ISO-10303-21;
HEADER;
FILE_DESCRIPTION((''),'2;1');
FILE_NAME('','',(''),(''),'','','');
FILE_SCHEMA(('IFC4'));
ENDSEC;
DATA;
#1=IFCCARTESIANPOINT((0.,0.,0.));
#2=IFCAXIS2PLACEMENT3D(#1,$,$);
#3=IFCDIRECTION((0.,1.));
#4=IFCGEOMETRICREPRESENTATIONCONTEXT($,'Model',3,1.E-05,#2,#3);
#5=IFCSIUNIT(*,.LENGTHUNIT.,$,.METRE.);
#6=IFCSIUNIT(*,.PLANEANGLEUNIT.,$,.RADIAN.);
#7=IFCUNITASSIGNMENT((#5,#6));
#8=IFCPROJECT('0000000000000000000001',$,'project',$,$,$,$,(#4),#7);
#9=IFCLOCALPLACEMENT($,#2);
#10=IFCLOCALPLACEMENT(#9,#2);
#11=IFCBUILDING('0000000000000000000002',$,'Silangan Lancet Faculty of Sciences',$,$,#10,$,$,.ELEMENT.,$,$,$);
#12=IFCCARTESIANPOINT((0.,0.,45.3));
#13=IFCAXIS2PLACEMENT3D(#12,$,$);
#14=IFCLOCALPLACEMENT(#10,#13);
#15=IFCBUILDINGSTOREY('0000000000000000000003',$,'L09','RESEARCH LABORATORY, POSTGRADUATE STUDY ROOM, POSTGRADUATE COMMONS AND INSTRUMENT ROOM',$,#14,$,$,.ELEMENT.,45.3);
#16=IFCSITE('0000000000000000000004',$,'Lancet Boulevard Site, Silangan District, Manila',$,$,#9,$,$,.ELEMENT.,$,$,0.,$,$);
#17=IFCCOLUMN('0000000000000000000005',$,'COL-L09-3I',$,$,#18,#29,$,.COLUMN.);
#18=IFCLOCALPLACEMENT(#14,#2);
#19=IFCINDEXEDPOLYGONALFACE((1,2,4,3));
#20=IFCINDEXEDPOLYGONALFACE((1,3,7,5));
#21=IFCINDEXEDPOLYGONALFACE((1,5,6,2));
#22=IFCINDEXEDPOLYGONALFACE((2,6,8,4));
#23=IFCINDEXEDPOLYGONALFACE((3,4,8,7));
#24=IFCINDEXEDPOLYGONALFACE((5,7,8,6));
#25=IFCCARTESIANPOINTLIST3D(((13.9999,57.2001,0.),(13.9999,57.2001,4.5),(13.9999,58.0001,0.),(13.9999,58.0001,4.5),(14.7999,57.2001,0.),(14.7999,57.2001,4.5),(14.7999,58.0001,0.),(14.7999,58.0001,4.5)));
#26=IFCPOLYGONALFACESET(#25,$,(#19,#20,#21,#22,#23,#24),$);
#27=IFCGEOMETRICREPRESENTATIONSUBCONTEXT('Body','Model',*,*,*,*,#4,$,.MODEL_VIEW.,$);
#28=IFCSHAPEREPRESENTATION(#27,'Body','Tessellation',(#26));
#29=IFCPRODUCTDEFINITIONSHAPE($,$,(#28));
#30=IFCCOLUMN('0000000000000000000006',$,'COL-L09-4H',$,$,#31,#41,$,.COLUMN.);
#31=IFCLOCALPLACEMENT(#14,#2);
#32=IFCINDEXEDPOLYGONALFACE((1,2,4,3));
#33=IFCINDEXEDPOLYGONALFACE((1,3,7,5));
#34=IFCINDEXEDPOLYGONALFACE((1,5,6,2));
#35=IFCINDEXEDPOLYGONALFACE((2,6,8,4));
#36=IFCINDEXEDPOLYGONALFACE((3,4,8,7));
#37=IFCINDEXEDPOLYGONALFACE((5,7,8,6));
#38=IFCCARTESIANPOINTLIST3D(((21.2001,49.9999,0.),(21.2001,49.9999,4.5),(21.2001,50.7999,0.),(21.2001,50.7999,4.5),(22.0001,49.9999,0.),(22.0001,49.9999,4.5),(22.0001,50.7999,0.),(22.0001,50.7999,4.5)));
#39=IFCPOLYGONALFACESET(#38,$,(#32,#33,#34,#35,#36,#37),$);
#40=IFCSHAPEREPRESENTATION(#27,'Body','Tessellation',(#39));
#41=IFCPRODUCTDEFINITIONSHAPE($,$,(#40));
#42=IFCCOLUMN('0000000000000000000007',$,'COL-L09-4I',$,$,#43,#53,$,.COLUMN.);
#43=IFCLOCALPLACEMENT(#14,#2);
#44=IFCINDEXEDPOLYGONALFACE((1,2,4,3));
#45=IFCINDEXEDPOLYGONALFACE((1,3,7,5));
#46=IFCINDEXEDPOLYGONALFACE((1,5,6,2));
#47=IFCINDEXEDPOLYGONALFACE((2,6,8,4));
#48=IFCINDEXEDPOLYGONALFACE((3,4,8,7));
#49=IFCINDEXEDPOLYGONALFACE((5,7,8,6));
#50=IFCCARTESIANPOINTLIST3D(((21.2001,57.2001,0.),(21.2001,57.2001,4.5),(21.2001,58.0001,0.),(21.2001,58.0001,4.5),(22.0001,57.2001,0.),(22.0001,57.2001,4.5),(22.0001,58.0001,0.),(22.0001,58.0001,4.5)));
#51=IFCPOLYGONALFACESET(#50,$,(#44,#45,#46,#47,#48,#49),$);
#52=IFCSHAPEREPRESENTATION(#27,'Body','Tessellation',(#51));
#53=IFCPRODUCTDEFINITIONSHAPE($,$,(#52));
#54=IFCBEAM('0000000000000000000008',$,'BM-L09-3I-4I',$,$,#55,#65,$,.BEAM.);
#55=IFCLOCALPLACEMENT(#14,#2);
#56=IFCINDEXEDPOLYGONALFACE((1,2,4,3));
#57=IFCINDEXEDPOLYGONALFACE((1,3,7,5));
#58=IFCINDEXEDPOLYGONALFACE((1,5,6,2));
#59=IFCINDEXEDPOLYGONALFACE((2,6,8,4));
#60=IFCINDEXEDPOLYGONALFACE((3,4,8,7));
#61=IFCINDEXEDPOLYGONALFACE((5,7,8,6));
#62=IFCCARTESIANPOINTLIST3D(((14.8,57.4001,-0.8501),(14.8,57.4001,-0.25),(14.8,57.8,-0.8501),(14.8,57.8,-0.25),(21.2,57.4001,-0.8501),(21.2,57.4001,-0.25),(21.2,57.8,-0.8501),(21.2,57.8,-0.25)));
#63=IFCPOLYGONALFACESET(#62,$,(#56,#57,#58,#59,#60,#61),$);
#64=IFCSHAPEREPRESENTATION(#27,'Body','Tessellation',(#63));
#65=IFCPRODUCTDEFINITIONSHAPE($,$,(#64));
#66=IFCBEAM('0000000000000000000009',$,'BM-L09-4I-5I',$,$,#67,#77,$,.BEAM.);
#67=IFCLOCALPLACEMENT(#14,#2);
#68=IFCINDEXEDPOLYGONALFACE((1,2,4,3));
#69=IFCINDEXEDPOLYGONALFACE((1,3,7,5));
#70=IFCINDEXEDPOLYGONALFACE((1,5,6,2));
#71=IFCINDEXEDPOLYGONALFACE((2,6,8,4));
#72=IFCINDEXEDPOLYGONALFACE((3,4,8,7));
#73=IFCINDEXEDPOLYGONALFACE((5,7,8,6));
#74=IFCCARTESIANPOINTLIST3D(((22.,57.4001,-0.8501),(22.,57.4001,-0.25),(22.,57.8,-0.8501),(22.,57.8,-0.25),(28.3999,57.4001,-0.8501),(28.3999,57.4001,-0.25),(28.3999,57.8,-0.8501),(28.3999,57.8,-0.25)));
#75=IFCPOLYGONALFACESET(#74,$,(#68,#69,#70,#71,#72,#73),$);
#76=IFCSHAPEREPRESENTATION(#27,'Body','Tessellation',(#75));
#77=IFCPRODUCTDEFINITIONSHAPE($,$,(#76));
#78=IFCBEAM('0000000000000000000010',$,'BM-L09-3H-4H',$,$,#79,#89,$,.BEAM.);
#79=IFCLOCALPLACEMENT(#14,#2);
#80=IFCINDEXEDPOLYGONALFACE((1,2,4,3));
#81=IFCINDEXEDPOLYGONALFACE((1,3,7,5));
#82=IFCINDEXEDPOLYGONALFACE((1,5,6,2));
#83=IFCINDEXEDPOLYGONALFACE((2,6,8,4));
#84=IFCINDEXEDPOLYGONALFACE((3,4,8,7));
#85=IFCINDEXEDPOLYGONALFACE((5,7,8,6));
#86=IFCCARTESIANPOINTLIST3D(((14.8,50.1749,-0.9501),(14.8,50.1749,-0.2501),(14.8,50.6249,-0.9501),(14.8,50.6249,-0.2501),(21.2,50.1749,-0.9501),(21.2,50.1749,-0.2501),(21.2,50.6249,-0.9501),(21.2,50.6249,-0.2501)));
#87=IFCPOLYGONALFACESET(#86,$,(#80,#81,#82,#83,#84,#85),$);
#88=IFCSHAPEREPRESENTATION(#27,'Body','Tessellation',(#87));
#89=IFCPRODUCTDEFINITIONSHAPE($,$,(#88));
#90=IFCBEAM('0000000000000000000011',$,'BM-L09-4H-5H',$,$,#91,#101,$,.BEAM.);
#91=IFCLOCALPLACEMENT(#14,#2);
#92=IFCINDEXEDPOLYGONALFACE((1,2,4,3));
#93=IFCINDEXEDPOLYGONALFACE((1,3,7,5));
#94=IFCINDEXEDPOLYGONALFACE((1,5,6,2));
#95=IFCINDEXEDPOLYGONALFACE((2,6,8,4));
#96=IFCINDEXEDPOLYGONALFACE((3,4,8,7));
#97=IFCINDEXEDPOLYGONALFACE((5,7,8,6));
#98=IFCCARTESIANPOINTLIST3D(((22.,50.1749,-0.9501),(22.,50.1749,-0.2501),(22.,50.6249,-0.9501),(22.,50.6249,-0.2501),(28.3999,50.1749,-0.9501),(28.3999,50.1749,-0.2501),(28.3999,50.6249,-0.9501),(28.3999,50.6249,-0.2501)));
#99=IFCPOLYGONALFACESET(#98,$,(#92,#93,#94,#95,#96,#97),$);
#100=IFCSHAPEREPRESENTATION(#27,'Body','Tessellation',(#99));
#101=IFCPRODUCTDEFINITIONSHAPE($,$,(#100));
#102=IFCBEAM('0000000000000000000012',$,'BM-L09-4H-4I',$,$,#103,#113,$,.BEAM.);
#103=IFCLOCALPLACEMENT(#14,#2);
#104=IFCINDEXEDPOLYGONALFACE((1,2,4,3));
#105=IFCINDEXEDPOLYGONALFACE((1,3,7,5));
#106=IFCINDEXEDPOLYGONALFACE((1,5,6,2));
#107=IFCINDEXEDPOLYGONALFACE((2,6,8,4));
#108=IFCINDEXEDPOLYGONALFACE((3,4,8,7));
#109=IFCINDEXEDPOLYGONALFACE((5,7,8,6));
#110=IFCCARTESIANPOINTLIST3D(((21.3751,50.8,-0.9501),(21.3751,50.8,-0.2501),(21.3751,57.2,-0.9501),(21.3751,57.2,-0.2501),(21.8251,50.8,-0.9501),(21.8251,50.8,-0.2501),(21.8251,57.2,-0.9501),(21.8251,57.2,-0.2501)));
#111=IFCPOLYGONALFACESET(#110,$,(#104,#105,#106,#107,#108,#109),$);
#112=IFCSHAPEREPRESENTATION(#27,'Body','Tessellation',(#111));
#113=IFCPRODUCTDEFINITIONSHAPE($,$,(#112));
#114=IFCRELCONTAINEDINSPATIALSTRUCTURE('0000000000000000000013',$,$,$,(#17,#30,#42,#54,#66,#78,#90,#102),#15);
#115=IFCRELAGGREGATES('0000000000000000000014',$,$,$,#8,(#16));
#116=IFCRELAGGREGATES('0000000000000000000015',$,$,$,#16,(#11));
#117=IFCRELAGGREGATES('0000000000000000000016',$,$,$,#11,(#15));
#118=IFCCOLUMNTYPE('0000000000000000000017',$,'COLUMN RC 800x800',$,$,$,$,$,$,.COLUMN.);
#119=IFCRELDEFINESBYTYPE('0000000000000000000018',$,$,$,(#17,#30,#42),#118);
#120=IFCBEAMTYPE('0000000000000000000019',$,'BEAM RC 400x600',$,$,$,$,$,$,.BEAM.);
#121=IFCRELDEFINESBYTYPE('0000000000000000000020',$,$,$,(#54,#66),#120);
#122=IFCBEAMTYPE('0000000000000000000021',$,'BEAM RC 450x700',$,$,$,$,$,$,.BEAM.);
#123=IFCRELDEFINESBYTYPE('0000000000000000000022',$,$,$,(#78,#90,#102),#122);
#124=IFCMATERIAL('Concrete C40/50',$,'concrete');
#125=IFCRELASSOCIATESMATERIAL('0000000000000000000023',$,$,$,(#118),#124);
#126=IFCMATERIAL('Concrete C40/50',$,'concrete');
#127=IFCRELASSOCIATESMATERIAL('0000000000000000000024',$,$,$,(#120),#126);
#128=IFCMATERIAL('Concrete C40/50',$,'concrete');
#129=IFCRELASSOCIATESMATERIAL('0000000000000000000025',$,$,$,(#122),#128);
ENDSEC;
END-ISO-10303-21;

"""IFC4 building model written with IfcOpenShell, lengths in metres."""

from ifc_helpers import new_model, si_unit, direction, frame, origin, origin_2d, place, context, subcontext, project, spatial, rectangle, extrude, material, material_profile, profile_set, type_object, element, save


model = new_model("IFC4")

# Units and contexts
model_context = context("Model", 3, precision=1e-05, world=origin(), true_north=direction((0.0, 1.0)))
body_context = subcontext(model_context, "Body", "Model", "MODEL_VIEW")
ifc_project = project(units=[si_unit("LENGTHUNIT", "METRE"), si_unit("PLANEANGLEUNIT", "RADIAN")], contexts=[model_context])

# Site, building, storey
site_placement = place(None, origin())
site = spatial("IfcSite", under=ifc_project, at=site_placement, Name="Lancet Boulevard Site, Silangan District, Manila", CompositionType="ELEMENT", RefElevation=0.0)
building_placement = place(site_placement, origin())
building = spatial("IfcBuilding", under=site, at=building_placement, Name="Silangan Lancet Faculty of Sciences", CompositionType="ELEMENT")
storey_placement = place(building_placement, frame((0.0, 0.0, 45.3)))
storey = spatial("IfcBuildingStorey", under=building, at=storey_placement, Name="L09", Description="RESEARCH LABORATORY, POSTGRADUATE STUDY ROOM, POSTGRADUATE COMMONS AND INSTRUMENT ROOM", CompositionType="ELEMENT", Elevation=45.3)

# Columns
ifc_material_1 = material(Name="Concrete C40/50", Category="concrete")
ifc_material_profile_1 = material_profile(ifc_material_1, rectangle(XDim=0.8, YDim=0.8, at=origin_2d()), Name="RC 800x800")
ifc_profile_set_1 = profile_set([ifc_material_profile_1], Name="Concrete C40/50")
column_type = type_object("IfcColumnType", Name="COLUMN RC 800x800", PredefinedType="COLUMN", material=ifc_profile_set_1)
for number, where, z_axis, x_axis, name in (
    (1, (14.3999, 57.6001, 0.0), (0.0, 0.0, 1.0), (1.0, 0.0, 0.0), "COL-L09-3I"),
    (2, (21.6001, 50.3999, 0.0), (0.0, 0.0, 1.0), (1.0, 0.0, 0.0), "COL-L09-4H"),
    (3, (21.6001, 57.6001, 0.0), (0.0, 0.0, 1.0), (1.0, 0.0, 0.0), "COL-L09-4I"),
):
    element("IfcColumn", number, at=place(storey_placement, frame(where, z_axis=z_axis, x_axis=x_axis)), inside=storey, type_object=column_type, Name=name, PredefinedType="COLUMN", context=body_context, shape_type="SweptSolid", body=[
        extrude(rectangle(XDim=0.8, YDim=0.8, at=origin_2d()), origin(), (0.0, 0.0, 1.0), 4.5),
    ])

# Beams
ifc_material_2 = material(Name="Concrete C40/50", Category="concrete")
ifc_material_profile_2 = material_profile(ifc_material_2, rectangle(XDim=0.3999, YDim=0.6001, at=origin_2d()), Name="RC 400x600")
ifc_profile_set_2 = profile_set([ifc_material_profile_2], Name="Concrete C40/50")
beam_type_1 = type_object("IfcBeamType", Name="BEAM RC 400x600", PredefinedType="BEAM", material=ifc_profile_set_2)
for number, where, z_axis, x_axis, name in (
    (4, (14.8, 57.6001, -0.55), (1.0, 0.0, 0.0), (0.0, 1.0, 0.0), "BM-L09-3I-4I"),
    (5, (22.0, 57.6001, -0.55), (1.0, 0.0, 0.0), (0.0, 1.0, 0.0), "BM-L09-4I-5I"),
):
    element("IfcBeam", number, at=place(storey_placement, frame(where, z_axis=z_axis, x_axis=x_axis)), inside=storey, type_object=beam_type_1, Name=name, PredefinedType="BEAM", context=body_context, shape_type="SweptSolid", body=[
        extrude(rectangle(XDim=0.3999, YDim=0.6001, at=origin_2d()), origin(), (0.0, 0.0, 1.0), 6.3999),
    ])
ifc_material_3 = material(Name="Concrete C40/50", Category="concrete")
ifc_material_profile_3 = material_profile(ifc_material_3, rectangle(XDim=0.45, YDim=0.7, at=origin_2d()), Name="RC 450x700")
ifc_profile_set_3 = profile_set([ifc_material_profile_3], Name="Concrete C40/50")
beam_type_2 = type_object("IfcBeamType", Name="BEAM RC 450x700", PredefinedType="BEAM", material=ifc_profile_set_3)
for number, where, z_axis, x_axis, name in (
    (6, (14.8, 50.3999, -0.6001), (1.0, 0.0, 0.0), (0.0, 1.0, 0.0), "BM-L09-3H-4H"),
    (7, (22.0, 50.3999, -0.6001), (1.0, 0.0, 0.0), (0.0, 1.0, 0.0), "BM-L09-4H-5H"),
    (8, (21.6001, 50.8, -0.6001), (0.0, 1.0, 0.0), (-1.0, 0.0, 0.0), "BM-L09-4H-4I"),
):
    element("IfcBeam", number, at=place(storey_placement, frame(where, z_axis=z_axis, x_axis=x_axis)), inside=storey, type_object=beam_type_2, Name=name, PredefinedType="BEAM", context=body_context, shape_type="SweptSolid", body=[
        extrude(rectangle(XDim=0.45, YDim=0.7, at=origin_2d()), origin(), (0.0, 0.0, 1.0), 6.3999),
    ])

save(model, "model.ifc")
